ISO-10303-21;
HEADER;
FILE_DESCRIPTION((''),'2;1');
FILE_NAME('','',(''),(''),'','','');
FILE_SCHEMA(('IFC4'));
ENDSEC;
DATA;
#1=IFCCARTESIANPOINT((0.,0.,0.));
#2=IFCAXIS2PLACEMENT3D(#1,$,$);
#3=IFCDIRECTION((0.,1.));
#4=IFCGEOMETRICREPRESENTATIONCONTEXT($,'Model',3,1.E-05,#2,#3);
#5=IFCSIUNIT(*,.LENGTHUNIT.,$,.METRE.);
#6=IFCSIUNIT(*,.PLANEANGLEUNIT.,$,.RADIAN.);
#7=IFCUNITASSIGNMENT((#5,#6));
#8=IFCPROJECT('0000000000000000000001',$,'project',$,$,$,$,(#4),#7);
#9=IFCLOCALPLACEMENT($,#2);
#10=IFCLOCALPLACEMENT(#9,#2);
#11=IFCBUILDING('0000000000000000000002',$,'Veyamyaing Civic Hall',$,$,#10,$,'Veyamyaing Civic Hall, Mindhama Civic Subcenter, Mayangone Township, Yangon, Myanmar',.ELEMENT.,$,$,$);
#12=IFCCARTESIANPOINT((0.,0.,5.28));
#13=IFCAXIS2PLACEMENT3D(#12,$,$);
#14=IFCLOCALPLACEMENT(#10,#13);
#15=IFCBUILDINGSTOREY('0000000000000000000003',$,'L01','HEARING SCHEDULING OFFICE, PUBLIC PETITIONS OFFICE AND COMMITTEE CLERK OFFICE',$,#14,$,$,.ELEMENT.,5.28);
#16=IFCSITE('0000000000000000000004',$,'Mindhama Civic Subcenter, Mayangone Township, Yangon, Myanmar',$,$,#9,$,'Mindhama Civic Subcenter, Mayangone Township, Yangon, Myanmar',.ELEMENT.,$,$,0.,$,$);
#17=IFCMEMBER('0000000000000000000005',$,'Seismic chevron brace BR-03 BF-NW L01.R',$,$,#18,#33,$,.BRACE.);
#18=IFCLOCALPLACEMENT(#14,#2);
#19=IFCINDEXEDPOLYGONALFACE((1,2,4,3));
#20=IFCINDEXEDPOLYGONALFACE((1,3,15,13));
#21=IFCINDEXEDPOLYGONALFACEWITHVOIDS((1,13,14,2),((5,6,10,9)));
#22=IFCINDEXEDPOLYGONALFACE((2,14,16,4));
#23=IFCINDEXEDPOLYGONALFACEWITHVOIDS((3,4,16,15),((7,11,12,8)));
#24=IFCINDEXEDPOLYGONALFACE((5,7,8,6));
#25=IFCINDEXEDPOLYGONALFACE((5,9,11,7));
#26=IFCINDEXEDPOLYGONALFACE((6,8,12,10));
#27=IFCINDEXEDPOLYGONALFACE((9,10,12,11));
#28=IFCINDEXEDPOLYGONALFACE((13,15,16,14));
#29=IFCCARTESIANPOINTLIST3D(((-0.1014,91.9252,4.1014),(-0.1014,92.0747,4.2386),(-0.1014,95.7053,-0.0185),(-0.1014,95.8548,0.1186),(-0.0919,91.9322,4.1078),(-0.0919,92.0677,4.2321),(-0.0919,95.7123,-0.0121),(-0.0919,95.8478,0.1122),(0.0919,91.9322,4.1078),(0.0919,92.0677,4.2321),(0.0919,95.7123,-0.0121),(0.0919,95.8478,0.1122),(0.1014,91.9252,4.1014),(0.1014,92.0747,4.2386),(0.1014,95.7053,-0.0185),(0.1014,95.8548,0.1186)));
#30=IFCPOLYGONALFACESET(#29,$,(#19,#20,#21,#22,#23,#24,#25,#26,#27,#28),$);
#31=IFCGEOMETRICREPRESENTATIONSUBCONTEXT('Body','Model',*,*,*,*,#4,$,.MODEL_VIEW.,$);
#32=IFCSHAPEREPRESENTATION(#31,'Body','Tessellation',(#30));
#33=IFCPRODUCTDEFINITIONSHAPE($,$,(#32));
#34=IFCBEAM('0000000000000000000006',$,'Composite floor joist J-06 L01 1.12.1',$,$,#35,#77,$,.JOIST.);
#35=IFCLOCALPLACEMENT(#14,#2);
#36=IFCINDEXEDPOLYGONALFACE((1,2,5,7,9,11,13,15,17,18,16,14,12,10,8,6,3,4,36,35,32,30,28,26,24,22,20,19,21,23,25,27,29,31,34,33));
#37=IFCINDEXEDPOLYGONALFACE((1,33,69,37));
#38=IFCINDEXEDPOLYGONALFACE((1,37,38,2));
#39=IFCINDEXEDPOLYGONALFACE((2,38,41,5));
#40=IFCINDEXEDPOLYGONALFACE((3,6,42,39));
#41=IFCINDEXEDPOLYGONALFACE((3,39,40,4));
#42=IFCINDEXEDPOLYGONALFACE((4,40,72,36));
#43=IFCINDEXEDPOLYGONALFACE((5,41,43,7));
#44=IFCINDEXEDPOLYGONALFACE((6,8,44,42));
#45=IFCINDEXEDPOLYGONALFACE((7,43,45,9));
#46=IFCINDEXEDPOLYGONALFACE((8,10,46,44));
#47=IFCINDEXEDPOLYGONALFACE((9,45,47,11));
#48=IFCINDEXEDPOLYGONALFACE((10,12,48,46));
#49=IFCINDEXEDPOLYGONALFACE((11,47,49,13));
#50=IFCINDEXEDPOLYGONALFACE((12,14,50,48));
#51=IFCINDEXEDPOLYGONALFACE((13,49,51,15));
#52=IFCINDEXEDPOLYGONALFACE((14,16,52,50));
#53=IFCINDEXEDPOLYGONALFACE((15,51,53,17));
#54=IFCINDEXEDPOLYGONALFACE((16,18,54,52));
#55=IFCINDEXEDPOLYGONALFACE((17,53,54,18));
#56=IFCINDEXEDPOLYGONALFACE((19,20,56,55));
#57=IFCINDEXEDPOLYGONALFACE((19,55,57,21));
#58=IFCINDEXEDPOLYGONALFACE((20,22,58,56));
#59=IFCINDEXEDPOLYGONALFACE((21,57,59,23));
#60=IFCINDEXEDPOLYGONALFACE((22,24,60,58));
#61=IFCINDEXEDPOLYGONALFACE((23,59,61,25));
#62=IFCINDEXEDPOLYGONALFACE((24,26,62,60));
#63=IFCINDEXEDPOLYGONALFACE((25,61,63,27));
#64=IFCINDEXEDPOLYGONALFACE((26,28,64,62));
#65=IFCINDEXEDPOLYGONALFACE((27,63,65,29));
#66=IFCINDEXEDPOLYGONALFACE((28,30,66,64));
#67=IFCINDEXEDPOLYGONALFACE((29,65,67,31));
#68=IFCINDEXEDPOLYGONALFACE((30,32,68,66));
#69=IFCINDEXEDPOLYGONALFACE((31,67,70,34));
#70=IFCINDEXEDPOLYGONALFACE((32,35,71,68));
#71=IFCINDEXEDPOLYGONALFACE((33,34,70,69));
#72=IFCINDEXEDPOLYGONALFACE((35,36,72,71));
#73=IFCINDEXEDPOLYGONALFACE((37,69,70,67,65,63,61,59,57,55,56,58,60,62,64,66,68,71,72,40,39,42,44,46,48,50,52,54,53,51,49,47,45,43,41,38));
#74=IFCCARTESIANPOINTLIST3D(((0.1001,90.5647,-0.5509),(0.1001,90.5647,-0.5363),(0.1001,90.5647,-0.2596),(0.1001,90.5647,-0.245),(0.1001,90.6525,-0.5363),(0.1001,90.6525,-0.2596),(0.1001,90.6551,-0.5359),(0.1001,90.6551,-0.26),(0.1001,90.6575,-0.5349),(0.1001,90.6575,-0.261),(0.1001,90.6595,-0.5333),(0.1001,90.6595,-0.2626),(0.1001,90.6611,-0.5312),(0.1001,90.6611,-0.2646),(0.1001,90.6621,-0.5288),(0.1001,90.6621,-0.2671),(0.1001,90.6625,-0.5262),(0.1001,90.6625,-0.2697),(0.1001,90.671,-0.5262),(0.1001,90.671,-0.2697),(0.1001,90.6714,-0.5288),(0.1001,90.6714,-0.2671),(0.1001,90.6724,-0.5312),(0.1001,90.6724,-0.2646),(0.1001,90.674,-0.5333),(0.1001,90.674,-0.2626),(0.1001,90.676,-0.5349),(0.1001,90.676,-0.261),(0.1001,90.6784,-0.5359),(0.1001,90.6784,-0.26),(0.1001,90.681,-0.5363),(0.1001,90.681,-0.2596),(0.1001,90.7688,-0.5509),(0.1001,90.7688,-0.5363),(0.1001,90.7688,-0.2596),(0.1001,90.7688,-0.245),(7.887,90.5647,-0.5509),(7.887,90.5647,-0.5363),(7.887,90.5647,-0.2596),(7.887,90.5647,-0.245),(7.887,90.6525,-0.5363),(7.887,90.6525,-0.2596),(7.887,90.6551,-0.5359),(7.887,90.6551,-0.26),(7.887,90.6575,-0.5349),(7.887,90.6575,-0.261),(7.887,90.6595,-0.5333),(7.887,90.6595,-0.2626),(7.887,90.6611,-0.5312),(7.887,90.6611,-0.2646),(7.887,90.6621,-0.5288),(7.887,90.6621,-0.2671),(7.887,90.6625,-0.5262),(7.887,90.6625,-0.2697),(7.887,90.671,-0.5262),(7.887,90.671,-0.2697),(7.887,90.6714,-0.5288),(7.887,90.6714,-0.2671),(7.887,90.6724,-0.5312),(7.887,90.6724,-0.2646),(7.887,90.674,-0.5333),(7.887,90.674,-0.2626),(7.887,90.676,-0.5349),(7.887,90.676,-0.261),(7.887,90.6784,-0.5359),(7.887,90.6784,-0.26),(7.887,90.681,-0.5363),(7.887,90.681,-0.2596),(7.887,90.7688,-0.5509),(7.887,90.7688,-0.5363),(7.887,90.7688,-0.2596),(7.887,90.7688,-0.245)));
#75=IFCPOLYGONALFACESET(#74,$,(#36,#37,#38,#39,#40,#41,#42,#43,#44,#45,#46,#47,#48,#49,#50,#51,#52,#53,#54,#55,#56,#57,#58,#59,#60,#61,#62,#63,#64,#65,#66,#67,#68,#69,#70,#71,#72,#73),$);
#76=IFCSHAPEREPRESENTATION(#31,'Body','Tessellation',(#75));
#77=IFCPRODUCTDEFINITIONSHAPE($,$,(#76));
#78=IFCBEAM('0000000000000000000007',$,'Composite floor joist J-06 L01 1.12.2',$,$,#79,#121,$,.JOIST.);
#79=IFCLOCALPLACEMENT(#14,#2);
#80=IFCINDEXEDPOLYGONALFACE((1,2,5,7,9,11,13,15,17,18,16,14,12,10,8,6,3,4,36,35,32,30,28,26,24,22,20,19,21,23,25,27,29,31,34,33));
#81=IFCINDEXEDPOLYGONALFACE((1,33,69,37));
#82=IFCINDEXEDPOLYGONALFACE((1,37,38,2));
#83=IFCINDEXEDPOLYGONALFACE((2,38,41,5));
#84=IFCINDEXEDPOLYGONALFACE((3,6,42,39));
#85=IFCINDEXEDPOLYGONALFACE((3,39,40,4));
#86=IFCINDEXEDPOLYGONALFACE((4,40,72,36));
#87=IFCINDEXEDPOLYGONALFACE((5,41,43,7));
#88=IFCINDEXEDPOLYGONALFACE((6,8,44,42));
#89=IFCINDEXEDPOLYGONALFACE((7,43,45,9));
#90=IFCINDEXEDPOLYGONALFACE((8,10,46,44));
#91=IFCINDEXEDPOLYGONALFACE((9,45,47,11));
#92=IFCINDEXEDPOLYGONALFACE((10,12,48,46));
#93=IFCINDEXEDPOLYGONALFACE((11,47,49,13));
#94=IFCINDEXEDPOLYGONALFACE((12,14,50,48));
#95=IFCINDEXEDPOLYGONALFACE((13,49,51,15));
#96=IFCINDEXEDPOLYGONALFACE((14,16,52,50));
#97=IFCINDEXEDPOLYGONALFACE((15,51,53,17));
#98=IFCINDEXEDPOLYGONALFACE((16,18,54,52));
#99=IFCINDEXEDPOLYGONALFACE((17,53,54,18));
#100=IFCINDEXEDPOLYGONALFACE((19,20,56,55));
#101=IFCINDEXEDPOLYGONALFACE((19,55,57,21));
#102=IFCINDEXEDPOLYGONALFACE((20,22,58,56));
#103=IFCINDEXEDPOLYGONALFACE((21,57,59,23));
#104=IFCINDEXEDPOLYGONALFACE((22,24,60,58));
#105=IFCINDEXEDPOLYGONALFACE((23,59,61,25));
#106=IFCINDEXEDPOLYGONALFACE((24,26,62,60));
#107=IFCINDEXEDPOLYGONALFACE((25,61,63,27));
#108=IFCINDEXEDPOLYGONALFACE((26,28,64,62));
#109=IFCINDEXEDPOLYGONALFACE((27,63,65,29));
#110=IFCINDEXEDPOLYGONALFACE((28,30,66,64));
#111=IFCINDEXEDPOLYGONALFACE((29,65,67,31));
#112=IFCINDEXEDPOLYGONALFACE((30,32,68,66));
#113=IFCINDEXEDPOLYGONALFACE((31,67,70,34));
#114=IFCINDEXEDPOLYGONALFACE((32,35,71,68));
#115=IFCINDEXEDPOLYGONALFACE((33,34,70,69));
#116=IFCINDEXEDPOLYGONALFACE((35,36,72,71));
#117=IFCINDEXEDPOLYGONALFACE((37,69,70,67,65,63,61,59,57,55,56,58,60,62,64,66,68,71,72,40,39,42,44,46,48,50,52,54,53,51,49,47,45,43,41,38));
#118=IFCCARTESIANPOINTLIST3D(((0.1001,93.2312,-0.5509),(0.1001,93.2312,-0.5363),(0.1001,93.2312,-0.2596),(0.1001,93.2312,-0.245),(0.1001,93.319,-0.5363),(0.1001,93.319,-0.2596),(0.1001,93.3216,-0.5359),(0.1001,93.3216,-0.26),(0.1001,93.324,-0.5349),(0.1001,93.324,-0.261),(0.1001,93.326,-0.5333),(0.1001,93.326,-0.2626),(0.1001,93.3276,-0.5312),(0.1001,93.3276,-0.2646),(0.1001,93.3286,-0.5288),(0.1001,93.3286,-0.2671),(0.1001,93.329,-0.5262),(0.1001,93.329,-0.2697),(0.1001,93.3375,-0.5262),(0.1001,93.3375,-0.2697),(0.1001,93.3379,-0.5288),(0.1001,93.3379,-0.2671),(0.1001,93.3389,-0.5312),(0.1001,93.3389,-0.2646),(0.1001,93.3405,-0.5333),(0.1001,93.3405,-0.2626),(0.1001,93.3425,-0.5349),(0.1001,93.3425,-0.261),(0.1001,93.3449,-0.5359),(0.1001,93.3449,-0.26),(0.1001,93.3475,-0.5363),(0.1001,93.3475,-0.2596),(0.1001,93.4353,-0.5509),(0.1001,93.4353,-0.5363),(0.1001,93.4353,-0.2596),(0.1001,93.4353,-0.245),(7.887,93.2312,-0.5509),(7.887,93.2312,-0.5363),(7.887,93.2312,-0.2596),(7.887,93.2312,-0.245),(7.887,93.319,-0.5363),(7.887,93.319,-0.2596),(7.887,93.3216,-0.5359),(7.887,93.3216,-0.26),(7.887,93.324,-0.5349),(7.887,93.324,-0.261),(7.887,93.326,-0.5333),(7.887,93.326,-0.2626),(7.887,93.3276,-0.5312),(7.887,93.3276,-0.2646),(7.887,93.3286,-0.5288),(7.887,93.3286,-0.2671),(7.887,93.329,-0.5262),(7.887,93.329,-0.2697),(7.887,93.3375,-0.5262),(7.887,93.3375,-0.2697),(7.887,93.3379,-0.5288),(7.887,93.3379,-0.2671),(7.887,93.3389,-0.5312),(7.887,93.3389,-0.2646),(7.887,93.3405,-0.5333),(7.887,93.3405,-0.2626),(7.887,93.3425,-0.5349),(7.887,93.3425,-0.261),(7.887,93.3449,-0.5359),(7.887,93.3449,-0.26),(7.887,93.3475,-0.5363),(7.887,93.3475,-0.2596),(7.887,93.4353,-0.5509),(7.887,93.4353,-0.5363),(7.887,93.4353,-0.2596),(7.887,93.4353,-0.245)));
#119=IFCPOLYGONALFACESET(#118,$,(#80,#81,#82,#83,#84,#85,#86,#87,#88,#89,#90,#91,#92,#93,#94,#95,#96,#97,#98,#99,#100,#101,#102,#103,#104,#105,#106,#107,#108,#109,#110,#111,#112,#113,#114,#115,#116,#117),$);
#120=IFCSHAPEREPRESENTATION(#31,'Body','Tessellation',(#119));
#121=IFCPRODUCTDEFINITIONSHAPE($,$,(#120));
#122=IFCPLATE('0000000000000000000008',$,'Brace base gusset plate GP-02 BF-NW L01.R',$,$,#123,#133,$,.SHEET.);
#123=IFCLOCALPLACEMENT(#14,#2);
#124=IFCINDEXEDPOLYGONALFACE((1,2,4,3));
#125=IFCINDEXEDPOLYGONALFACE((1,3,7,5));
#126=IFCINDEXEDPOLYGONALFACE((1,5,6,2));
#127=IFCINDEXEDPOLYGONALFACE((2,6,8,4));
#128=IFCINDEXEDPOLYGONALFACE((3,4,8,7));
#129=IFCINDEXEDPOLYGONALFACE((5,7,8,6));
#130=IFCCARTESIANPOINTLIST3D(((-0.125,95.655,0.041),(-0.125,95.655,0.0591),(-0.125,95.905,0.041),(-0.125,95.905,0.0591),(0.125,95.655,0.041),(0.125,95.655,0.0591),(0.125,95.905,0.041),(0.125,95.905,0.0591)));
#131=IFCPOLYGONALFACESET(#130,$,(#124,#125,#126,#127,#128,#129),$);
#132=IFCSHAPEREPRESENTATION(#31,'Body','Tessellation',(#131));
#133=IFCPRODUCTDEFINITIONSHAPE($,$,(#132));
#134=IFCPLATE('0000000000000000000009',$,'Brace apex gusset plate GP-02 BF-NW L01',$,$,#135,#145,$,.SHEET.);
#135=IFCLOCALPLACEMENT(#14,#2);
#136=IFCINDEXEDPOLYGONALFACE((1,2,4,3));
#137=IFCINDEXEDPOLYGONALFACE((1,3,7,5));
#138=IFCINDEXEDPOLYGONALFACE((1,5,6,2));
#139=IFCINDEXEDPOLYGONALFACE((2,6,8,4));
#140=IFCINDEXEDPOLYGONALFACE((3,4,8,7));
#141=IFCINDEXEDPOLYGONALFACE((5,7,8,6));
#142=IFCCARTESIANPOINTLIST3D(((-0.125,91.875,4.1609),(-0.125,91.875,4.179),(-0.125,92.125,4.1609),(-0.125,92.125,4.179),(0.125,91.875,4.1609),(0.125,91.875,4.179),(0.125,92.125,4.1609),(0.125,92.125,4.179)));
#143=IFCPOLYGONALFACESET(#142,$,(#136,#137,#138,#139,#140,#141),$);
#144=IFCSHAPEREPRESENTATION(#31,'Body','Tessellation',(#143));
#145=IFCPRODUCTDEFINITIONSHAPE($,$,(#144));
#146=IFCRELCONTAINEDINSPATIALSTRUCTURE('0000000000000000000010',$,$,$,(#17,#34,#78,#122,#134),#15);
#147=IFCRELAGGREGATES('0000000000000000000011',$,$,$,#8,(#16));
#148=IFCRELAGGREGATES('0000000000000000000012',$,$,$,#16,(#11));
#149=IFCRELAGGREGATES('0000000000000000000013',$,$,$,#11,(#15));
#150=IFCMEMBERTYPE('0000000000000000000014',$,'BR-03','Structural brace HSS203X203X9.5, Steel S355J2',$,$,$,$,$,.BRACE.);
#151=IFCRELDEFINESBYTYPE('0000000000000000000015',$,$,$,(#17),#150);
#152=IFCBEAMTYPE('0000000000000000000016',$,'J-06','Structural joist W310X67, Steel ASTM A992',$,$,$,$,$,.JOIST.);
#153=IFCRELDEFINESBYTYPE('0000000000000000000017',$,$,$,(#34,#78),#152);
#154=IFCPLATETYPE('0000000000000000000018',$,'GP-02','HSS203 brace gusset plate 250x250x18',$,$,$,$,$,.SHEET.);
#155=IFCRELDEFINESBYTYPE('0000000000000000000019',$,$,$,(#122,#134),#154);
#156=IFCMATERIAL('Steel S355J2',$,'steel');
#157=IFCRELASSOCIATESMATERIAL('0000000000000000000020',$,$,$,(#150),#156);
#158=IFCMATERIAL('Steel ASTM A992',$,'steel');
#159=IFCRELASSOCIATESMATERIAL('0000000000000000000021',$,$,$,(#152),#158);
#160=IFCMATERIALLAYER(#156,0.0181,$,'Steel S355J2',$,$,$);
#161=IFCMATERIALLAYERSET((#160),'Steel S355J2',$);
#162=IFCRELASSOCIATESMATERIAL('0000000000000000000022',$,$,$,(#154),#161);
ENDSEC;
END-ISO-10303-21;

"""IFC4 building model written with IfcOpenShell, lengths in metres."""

from ifc_helpers import new_model, si_unit, direction, frame, origin, origin_2d, place, context, subcontext, project, spatial, rectangle, hollow_rectangle, i_section, extrude, material, layer, layer_set, material_profile, profile_set, type_object, element, save


model = new_model("IFC4")

# Units and contexts
model_context = context("Model", 3, precision=1e-05, world=origin(), true_north=direction((0.0, 1.0)))
body_context = subcontext(model_context, "Body", "Model", "MODEL_VIEW")
ifc_project = project(units=[si_unit("LENGTHUNIT", "METRE"), si_unit("PLANEANGLEUNIT", "RADIAN")], contexts=[model_context])

# Site, building, storey
site_placement = place(None, origin())
site = spatial("IfcSite", under=ifc_project, at=site_placement, Name="Mindhama Civic Subcenter, Mayangone Township, Yangon, Myanmar", LongName="Mindhama Civic Subcenter, Mayangone Township, Yangon, Myanmar", CompositionType="ELEMENT", RefElevation=0.0)
building_placement = place(site_placement, origin())
building = spatial("IfcBuilding", under=site, at=building_placement, Name="Veyamyaing Civic Hall", LongName="Veyamyaing Civic Hall, Mindhama Civic Subcenter, Mayangone Township, Yangon, Myanmar", CompositionType="ELEMENT")
storey_placement = place(building_placement, frame((0.0, 0.0, 5.28)))
storey = spatial("IfcBuildingStorey", under=building, at=storey_placement, Name="L01", Description="HEARING SCHEDULING OFFICE, PUBLIC PETITIONS OFFICE AND COMMITTEE CLERK OFFICE", CompositionType="ELEMENT", Elevation=5.28)

# Shared definitions
ifc_material_1 = material(Name="Steel ASTM A992", Category="steel")

# Member
ifc_material_2 = material(Name="Steel S355J2", Category="steel")
ifc_material_profile_1 = material_profile(ifc_material_2, hollow_rectangle(XDim=0.2029, YDim=0.2029, WallThickness=0.0095, at=origin_2d()), Name="HSS203X203X9.5")
ifc_profile_set_1 = profile_set([ifc_material_profile_1], Name="Steel S355J2")
member_type = type_object("IfcMemberType", Name="BR-03", Description="Structural brace HSS203X203X9.5, Steel S355J2", PredefinedType="BRACE", material=ifc_profile_set_1)
member_placement = place(storey_placement, frame((0.0, 95.78, 0.05), z_axis=(0.0, -0.676063, 0.736844), x_axis=(1.0, 0.0, 0.0)))
element("IfcMember", 1, at=member_placement, inside=storey, type_object=member_type, Name="Seismic chevron brace BR-03 BF-NW L01.R", PredefinedType="BRACE", context=body_context, shape_type="SweptSolid", body=[
    extrude(hollow_rectangle(XDim=0.2029, YDim=0.2029, WallThickness=0.0095, at=origin_2d()), origin(), (0.0, 0.0, 1.0), 5.5913),
])

# Beams
ifc_material_profile_2 = material_profile(ifc_material_1, i_section(OverallWidth=0.2041, OverallDepth=0.3059, WebThickness=0.0085, FlangeThickness=0.0146, FilletRadius=0.01, at=origin_2d()), Name="W310X67")
ifc_profile_set_2 = profile_set([ifc_material_profile_2], Name="Steel ASTM A992")
beam_type_1 = type_object("IfcBeamType", Name="J-06", Description="Structural joist W310X67, Steel ASTM A992", PredefinedType="JOIST", material=ifc_profile_set_2)
for number, where, z_axis, x_axis, name in (
    (2, (0.1001, 90.6667, -0.3979), (1.0, 0.0, 0.0), (0.0, 1.0, 0.0), "Composite floor joist J-06 L01 1.12.1"),
    (3, (0.1001, 93.3333, -0.3979), (1.0, 0.0, 0.0), (0.0, 1.0, 0.0), "Composite floor joist J-06 L01 1.12.2"),
):
    element("IfcBeam", number, at=place(storey_placement, frame(where, z_axis=z_axis, x_axis=x_axis)), inside=storey, type_object=beam_type_1, Name=name, PredefinedType="JOIST", context=body_context, shape_type="SweptSolid", body=[
        extrude(i_section(OverallWidth=0.2041, OverallDepth=0.3059, WebThickness=0.0085, FlangeThickness=0.0146, FilletRadius=0.01, at=origin_2d()), origin(), (0.0, 0.0, 1.0), 7.7869),
    ])

# Plates
ifc_layer_1 = layer(ifc_material_2, 0.0181, Name="Steel S355J2")
ifc_layer_set_1 = layer_set([ifc_layer_1], Name="Steel S355J2")
plate_type = type_object("IfcPlateType", Name="GP-02", Description="HSS203 brace gusset plate 250x250x18", PredefinedType="SHEET", material=ifc_layer_set_1)
for number, where, z_axis, x_axis, name in (
    (4, (0.0, 95.78, 0.041), (0.0, 0.0, 1.0), (1.0, 0.0, 0.0), "Brace base gusset plate GP-02 BF-NW L01.R"),
    (5, (0.0, 92.0, 4.1609), (0.0, 0.0, 1.0), (1.0, 0.0, 0.0), "Brace apex gusset plate GP-02 BF-NW L01"),
):
    element("IfcPlate", number, at=place(storey_placement, frame(where, z_axis=z_axis, x_axis=x_axis)), inside=storey, type_object=plate_type, Name=name, PredefinedType="SHEET", context=body_context, shape_type="SweptSolid", body=[
        extrude(rectangle(XDim=0.25, YDim=0.25, at=origin_2d()), origin(), (0.0, 0.0, 1.0), 0.0181),
    ])

save(model, "model.ifc")
